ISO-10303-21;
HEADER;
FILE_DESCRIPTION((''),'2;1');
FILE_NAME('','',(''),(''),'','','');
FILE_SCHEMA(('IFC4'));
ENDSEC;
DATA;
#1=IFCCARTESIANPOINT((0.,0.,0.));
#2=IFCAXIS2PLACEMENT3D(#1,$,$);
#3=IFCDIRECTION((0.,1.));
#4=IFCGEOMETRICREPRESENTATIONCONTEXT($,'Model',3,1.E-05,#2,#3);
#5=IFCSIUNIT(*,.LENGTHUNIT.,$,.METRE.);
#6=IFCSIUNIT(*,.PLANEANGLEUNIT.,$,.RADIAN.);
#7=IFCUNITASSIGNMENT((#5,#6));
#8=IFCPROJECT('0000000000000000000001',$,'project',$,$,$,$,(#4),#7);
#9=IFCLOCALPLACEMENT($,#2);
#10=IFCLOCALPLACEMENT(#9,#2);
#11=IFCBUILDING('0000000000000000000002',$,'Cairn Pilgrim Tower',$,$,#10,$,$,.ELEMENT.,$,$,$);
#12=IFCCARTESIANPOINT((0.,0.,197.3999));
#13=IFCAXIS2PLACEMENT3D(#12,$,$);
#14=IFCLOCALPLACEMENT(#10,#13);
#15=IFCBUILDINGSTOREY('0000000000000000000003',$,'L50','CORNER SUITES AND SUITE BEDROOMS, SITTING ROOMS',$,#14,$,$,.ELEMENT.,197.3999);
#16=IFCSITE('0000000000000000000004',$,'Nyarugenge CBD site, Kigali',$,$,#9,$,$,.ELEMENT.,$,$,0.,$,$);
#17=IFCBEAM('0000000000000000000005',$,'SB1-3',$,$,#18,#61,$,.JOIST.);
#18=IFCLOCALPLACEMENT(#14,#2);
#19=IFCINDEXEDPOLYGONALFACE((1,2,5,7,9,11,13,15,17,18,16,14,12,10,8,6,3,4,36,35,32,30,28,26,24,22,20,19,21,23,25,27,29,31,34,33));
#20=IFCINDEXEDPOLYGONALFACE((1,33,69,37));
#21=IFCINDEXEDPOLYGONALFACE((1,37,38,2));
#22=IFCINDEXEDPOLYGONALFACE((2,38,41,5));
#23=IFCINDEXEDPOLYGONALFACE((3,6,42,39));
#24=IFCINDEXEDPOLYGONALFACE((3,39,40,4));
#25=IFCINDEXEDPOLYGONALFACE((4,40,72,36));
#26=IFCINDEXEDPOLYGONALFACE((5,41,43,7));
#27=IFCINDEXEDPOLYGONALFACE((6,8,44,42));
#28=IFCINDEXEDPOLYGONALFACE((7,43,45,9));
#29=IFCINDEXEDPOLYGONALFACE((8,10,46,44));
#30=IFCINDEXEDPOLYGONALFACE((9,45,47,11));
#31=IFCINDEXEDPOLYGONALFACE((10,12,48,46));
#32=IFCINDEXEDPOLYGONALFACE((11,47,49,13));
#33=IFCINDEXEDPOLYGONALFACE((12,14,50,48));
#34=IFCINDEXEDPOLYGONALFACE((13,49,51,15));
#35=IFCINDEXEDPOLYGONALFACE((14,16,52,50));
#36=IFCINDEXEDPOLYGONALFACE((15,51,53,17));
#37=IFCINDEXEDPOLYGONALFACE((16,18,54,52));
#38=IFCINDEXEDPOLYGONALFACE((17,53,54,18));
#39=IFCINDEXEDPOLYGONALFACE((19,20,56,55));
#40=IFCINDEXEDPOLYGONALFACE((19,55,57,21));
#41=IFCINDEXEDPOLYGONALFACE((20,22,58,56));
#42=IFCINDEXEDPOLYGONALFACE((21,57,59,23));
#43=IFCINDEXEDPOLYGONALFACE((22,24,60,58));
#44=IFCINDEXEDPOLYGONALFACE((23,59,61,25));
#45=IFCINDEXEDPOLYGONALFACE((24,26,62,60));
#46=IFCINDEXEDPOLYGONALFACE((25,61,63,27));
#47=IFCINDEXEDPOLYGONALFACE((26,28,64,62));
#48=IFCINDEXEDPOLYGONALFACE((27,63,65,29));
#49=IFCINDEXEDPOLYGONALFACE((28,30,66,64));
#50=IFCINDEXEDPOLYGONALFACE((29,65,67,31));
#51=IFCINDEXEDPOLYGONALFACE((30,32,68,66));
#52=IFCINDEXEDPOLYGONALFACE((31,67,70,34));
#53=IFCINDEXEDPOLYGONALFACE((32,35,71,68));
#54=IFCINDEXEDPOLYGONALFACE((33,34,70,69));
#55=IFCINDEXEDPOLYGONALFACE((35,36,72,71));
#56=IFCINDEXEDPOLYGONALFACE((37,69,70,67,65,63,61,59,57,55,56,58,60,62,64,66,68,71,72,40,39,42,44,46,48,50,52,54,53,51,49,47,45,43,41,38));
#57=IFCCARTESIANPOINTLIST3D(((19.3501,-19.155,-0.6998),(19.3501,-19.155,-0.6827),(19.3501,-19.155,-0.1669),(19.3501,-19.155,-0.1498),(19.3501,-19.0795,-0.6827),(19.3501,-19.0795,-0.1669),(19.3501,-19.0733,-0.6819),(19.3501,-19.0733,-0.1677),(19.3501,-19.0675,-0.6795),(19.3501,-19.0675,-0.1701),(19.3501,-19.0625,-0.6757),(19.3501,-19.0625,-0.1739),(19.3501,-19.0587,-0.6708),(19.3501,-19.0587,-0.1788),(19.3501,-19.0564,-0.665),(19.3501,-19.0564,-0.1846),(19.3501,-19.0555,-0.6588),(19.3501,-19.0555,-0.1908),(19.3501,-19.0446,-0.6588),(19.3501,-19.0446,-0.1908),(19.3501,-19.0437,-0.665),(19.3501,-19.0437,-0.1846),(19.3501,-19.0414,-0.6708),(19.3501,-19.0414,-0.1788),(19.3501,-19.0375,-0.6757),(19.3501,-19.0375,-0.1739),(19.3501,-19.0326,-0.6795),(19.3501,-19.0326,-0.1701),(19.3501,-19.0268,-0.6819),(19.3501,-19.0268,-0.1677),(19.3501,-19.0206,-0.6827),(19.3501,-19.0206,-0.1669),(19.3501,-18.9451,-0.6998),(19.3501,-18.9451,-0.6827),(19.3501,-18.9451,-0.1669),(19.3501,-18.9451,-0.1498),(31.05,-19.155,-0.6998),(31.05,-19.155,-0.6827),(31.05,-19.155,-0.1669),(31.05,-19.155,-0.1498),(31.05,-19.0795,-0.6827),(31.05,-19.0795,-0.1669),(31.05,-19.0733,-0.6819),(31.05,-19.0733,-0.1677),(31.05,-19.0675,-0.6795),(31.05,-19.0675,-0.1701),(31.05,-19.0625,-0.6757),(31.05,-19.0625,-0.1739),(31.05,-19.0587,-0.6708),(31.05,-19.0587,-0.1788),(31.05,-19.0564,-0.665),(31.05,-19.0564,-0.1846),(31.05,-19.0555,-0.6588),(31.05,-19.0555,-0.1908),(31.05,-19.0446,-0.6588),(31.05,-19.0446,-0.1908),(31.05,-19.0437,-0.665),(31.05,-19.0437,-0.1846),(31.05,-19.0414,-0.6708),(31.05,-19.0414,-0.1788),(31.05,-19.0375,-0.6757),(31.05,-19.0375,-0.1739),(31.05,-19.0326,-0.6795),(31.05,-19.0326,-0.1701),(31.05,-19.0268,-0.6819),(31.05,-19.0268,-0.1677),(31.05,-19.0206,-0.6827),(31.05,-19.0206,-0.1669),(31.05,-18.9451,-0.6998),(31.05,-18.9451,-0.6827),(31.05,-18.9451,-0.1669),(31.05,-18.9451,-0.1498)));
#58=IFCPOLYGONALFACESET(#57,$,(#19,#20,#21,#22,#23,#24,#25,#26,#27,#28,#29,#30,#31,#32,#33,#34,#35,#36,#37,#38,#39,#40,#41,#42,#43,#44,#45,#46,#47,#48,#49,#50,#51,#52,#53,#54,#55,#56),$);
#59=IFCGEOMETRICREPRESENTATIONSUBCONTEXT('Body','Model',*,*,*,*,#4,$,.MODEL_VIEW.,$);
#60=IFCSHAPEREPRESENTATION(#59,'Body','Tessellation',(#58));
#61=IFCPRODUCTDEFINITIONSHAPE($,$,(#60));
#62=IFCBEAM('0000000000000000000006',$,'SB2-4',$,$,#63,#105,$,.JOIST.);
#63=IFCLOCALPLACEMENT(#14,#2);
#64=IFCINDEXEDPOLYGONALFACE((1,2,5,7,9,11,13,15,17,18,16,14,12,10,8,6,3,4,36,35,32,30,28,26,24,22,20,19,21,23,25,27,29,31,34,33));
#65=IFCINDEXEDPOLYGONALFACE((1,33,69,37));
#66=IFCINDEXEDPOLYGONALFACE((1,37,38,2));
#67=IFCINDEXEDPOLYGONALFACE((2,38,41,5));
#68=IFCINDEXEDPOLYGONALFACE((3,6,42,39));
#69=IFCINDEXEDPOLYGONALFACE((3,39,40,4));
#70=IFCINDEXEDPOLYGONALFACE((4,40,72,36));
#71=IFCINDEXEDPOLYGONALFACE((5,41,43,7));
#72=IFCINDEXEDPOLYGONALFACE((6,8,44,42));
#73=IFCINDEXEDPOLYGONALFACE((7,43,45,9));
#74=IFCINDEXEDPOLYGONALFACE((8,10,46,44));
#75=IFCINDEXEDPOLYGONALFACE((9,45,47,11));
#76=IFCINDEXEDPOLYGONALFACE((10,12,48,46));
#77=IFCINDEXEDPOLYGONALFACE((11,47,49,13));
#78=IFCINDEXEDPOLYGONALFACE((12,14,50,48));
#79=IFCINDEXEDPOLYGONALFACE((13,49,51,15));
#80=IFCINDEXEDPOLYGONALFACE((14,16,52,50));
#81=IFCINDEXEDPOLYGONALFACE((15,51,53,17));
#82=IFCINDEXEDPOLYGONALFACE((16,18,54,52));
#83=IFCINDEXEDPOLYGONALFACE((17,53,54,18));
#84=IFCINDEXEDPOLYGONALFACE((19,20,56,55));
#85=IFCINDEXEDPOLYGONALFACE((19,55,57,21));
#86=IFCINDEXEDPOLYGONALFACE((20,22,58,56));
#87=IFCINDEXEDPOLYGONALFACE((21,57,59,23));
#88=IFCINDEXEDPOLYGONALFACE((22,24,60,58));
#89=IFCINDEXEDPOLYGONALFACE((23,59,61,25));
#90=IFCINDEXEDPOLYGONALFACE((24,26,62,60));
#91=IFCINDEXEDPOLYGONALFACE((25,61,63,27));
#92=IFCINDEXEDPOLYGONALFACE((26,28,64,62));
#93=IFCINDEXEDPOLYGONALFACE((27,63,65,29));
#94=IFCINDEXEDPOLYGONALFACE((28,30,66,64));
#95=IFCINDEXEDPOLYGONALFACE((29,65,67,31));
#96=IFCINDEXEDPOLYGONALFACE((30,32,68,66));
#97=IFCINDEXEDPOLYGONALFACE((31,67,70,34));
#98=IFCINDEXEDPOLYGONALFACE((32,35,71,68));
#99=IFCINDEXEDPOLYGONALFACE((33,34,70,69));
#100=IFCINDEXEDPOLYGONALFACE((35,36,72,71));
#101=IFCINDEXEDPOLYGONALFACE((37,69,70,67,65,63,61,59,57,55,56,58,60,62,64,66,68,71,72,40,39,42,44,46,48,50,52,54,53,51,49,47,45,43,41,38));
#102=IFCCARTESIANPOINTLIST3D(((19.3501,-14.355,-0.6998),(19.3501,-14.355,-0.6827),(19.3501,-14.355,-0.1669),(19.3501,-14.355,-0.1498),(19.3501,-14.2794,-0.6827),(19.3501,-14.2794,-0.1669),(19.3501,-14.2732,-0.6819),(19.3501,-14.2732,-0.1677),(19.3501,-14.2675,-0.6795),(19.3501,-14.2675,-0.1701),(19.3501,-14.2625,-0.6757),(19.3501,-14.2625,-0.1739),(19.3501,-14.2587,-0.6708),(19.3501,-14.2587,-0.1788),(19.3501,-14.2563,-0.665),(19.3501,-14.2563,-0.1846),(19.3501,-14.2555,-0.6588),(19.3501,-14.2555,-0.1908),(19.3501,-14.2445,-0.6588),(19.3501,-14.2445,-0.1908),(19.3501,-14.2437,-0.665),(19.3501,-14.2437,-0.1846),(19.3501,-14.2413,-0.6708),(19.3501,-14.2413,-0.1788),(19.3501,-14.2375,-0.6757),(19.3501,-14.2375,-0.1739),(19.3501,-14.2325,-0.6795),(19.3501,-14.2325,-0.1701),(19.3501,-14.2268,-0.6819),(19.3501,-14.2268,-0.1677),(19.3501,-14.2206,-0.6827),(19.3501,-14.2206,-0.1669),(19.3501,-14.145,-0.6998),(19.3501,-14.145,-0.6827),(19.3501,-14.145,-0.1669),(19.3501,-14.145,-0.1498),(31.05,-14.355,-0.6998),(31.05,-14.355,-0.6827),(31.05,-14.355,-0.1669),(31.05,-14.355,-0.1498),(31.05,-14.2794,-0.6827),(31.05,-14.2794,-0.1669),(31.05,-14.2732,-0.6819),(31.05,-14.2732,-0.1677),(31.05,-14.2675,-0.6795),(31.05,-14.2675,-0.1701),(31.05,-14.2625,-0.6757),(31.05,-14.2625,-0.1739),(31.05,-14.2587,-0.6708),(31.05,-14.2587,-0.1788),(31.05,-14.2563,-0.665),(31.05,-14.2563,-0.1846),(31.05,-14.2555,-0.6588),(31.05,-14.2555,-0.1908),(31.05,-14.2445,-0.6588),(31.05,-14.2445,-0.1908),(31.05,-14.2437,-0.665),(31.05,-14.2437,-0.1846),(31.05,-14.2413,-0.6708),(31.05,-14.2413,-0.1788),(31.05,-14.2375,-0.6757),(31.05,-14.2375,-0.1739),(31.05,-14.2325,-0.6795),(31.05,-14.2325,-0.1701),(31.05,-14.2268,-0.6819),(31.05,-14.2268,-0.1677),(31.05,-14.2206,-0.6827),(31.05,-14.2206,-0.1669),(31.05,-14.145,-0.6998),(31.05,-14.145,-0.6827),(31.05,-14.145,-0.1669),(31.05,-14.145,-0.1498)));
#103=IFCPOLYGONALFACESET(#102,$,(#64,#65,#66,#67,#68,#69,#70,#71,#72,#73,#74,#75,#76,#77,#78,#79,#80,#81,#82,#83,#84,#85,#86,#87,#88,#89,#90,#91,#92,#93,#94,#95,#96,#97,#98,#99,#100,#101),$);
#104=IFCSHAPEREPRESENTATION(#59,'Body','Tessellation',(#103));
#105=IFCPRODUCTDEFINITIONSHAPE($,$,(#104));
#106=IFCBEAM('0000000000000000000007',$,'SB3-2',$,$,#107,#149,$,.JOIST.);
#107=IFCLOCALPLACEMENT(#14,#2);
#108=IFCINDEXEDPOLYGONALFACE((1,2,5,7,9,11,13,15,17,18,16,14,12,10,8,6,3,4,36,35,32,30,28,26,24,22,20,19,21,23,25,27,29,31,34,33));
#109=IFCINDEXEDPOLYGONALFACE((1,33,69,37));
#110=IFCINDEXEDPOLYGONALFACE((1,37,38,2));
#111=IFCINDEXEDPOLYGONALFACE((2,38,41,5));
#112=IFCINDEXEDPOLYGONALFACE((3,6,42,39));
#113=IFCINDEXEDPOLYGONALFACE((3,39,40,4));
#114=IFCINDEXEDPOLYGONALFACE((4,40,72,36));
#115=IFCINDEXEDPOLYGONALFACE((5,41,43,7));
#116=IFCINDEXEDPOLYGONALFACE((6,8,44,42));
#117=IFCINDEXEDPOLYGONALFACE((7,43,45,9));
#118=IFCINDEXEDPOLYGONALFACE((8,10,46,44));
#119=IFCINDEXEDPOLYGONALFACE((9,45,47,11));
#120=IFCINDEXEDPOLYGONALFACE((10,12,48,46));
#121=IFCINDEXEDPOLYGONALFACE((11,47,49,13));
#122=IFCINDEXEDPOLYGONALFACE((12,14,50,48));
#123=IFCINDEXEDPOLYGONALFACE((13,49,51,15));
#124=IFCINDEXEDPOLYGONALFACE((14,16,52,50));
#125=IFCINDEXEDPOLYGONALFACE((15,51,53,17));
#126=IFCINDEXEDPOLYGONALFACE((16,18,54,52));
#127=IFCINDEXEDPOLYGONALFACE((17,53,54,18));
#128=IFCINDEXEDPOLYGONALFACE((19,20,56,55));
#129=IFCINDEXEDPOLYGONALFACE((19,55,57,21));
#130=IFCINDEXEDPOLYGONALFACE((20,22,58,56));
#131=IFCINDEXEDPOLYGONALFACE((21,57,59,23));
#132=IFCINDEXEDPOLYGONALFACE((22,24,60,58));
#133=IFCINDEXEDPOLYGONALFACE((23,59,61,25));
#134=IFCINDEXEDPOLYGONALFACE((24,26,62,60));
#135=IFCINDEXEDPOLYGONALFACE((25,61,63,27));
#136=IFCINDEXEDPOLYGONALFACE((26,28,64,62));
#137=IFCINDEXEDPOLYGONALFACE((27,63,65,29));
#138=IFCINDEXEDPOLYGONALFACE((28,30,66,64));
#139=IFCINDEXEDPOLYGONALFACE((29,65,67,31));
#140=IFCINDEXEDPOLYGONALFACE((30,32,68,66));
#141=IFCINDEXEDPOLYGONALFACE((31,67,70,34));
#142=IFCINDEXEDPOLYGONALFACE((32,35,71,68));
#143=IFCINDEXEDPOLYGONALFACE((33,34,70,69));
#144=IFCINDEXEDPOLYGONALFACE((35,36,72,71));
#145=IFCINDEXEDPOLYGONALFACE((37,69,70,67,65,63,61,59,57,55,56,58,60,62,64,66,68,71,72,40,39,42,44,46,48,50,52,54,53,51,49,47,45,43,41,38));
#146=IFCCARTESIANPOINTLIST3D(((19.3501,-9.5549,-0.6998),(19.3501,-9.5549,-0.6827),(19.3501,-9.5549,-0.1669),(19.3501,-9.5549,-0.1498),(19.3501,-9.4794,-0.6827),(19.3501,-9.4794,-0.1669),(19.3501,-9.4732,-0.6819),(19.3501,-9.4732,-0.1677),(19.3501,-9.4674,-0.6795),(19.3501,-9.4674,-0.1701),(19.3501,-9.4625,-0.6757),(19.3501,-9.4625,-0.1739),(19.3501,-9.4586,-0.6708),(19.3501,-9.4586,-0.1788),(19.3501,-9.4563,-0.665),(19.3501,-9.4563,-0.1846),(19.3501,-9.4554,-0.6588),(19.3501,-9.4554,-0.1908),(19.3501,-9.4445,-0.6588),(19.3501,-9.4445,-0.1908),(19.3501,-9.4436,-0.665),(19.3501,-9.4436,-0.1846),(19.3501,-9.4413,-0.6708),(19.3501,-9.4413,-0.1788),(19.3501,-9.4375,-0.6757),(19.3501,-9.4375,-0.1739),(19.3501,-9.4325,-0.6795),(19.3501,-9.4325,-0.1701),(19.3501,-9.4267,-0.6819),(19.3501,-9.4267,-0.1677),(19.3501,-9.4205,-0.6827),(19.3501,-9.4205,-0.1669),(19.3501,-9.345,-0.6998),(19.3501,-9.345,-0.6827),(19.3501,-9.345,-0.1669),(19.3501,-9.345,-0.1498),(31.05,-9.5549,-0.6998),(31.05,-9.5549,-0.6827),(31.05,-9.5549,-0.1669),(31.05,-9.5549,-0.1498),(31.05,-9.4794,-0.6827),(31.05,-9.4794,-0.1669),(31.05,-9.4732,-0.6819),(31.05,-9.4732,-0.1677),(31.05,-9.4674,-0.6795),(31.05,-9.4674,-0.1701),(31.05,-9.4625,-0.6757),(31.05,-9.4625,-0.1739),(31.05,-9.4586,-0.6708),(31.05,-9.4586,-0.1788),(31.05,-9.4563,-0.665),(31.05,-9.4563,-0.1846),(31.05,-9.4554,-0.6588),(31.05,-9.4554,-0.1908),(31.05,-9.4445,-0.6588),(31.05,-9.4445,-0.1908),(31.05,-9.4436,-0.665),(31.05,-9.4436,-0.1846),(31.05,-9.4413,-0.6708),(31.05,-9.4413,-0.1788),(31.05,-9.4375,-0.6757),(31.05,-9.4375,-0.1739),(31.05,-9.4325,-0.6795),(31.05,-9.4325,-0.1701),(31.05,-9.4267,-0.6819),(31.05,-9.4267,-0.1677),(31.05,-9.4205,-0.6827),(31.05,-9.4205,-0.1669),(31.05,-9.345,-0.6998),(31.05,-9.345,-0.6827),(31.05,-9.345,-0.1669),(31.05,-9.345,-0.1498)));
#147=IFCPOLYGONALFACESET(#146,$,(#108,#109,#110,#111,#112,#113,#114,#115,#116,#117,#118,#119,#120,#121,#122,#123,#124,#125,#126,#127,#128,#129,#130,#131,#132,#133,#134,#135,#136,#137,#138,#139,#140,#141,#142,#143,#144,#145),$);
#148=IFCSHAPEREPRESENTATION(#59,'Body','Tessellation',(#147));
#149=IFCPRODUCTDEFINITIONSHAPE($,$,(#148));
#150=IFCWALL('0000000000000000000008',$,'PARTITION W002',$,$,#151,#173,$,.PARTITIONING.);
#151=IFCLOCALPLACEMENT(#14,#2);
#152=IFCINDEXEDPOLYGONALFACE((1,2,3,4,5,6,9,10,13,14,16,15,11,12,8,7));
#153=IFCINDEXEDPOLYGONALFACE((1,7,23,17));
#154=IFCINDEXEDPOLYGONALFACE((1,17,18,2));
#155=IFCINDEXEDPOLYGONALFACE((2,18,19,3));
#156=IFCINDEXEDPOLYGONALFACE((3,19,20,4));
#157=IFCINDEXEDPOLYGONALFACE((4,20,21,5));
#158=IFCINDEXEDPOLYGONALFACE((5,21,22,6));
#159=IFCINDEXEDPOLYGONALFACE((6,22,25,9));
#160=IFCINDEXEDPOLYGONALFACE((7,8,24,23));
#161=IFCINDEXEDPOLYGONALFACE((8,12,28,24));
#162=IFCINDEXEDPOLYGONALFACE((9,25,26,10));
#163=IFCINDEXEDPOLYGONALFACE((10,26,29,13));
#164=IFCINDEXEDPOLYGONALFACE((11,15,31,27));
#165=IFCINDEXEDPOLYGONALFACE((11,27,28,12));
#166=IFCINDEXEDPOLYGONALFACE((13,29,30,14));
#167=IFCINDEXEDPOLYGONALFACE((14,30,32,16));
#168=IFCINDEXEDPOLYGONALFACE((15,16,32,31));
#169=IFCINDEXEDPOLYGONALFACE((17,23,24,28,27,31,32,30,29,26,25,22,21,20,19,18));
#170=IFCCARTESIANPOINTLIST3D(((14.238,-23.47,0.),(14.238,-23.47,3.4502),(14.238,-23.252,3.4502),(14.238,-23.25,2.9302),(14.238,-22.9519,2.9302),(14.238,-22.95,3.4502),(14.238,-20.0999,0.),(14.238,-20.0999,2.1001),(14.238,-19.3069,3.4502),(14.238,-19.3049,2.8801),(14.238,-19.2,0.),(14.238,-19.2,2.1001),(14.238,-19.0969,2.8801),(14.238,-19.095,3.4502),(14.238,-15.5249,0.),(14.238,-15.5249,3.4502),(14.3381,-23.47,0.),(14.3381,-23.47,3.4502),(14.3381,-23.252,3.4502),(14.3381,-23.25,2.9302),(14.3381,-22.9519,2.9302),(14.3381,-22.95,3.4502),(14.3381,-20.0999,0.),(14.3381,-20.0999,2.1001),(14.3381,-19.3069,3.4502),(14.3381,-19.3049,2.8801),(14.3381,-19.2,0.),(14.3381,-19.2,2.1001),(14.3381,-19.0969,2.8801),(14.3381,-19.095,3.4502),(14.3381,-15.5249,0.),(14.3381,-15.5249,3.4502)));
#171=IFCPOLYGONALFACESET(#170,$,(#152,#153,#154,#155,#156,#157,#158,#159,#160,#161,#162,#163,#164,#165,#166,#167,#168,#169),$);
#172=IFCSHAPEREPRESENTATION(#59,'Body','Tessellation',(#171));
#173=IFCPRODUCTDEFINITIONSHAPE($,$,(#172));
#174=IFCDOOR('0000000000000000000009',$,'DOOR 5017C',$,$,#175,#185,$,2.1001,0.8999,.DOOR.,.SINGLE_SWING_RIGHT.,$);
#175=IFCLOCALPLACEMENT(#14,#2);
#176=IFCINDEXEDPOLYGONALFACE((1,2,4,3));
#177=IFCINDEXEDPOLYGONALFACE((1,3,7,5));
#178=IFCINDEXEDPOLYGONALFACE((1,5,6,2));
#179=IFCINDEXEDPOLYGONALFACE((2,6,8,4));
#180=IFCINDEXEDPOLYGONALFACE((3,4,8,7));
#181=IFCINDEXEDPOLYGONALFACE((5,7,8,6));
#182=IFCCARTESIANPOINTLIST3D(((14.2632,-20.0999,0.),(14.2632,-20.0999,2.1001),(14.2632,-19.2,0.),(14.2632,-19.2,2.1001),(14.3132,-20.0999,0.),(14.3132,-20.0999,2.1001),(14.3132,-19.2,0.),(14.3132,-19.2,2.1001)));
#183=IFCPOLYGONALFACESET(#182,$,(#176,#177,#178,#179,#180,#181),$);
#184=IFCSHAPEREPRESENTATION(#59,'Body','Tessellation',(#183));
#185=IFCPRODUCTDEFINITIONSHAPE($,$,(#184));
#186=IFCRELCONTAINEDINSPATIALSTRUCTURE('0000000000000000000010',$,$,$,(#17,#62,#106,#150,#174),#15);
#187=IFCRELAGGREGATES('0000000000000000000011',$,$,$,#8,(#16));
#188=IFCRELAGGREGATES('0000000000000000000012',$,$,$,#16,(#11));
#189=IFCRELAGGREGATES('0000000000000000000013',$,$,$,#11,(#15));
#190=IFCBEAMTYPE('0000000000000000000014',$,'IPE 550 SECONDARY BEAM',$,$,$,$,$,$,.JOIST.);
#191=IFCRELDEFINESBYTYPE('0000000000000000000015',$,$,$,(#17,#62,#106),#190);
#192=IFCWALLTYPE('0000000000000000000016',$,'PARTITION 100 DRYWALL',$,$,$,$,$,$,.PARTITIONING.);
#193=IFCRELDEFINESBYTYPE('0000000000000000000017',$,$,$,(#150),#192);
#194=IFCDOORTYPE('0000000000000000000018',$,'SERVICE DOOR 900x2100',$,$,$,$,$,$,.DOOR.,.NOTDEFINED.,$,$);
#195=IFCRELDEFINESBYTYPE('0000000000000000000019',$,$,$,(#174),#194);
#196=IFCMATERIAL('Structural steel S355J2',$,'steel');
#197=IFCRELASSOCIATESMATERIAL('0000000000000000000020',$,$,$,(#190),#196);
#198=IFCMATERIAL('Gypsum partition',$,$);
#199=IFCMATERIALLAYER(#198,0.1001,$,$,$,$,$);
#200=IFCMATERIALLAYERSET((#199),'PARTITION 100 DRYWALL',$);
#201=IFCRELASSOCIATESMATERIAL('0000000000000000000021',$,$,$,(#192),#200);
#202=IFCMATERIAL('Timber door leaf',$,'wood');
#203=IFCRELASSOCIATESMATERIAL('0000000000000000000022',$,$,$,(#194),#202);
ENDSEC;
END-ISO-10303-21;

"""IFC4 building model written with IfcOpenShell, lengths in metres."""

from ifc_helpers import new_model, si_unit, direction, frame, frame_2d, origin, origin_2d, place, context, subcontext, project, spatial, polyline, rectangle, i_section, outline, extrude, material, layer, layer_set, material_profile, profile_set, type_object, element, fill, save


model = new_model("IFC4")

# Units and contexts
model_context = context("Model", 3, precision=1e-05, world=origin(), true_north=direction((0.0, 1.0)))
body_context = subcontext(model_context, "Body", "Model", "MODEL_VIEW")
ifc_project = project(units=[si_unit("LENGTHUNIT", "METRE"), si_unit("PLANEANGLEUNIT", "RADIAN")], contexts=[model_context])

# Site, building, storey
site_placement = place(None, origin())
site = spatial("IfcSite", under=ifc_project, at=site_placement, Name="Nyarugenge CBD site, Kigali", CompositionType="ELEMENT", RefElevation=0.0)
building_placement = place(site_placement, origin())
building = spatial("IfcBuilding", under=site, at=building_placement, Name="Cairn Pilgrim Tower", CompositionType="ELEMENT")
storey_placement = place(building_placement, frame((0.0, 0.0, 197.3999)))
storey = spatial("IfcBuildingStorey", under=building, at=storey_placement, Name="L50", Description="CORNER SUITES AND SUITE BEDROOMS, SITTING ROOMS", CompositionType="ELEMENT", Elevation=197.3999)

# Beams
ifc_material_1 = material(Name="Structural steel S355J2", Category="steel")
ifc_material_profile_1 = material_profile(ifc_material_1, i_section(OverallWidth=0.21, OverallDepth=0.55, WebThickness=0.011, FlangeThickness=0.0171, FilletRadius=0.0239, at=origin_2d()), Name="IPE 550")
ifc_profile_set_1 = profile_set([ifc_material_profile_1], Name="Structural steel S355J2")
beam_type_1 = type_object("IfcBeamType", Name="IPE 550 SECONDARY BEAM", PredefinedType="JOIST", material=ifc_profile_set_1)
for number, where, z_axis, x_axis, name in (
    (1, (19.3501, -19.05, -0.4248), (1.0, 0.0, 0.0), (0.0, 1.0, 0.0), "SB1-3"),
    (2, (19.3501, -14.25, -0.4248), (1.0, 0.0, 0.0), (0.0, 1.0, 0.0), "SB2-4"),
    (3, (19.3501, -9.45, -0.4248), (1.0, 0.0, 0.0), (0.0, 1.0, 0.0), "SB3-2"),
):
    element("IfcBeam", number, at=place(storey_placement, frame(where, z_axis=z_axis, x_axis=x_axis)), inside=storey, type_object=beam_type_1, Name=name, PredefinedType="JOIST", context=body_context, shape_type="SweptSolid", body=[
        extrude(i_section(OverallWidth=0.21, OverallDepth=0.55, WebThickness=0.011, FlangeThickness=0.0171, FilletRadius=0.0239, at=origin_2d()), origin(), (0.0, 0.0, 1.0), 11.7),
    ])

# Wall, opening, door
ifc_material_2 = material(Name="Gypsum partition")
ifc_layer_1 = layer(ifc_material_2, 0.1001)
ifc_layer_set_1 = layer_set([ifc_layer_1], Name="PARTITION 100 DRYWALL")
wall_type_1 = type_object("IfcWallType", Name="PARTITION 100 DRYWALL", PredefinedType="PARTITIONING", material=ifc_layer_set_1)
wall_1_placement = place(storey_placement, frame((14.2881, -23.47, 0.0), z_axis=(0.0, 0.0, 1.0), x_axis=(0.0, 1.0, 0.0)))
wall_1 = element("IfcWall", 4, at=wall_1_placement, inside=storey, type_object=wall_type_1, Name="PARTITION W002", PredefinedType="PARTITIONING", context=body_context, shape_type="SweptSolid", body=[
    extrude(outline(polyline([(0.0, 0.0), (7.9451, 0.0), (7.9451, 3.4502), (4.375, 3.4502), (4.373, 2.8801), (4.165, 2.8801), (4.1631, 3.4502), (0.52, 3.4502), (0.5181, 2.9302), (0.22, 2.9302), (0.218, 3.4502), (0.0, 3.4502), (0.0, 0.0)])), frame((0.0, 0.05, 0.0), z_axis=(0.0, -1.0, 0.0), x_axis=(1.0, 0.0, 0.0)), (0.0, 0.0, 1.0), 0.1001),
])
opening_1_placement = place(wall_1_placement, frame((3.3701, 0.0, 0.0)))
opening_1 = element("IfcOpeningElement", 5, at=opening_1_placement, cuts=wall_1, PredefinedType="OPENING", context=body_context, shape_type="SweptSolid", body=[
    extrude(rectangle(XDim=0.8999, YDim=2.1001, at=frame_2d((0.45, 1.05))), frame((0.0, 0.0601, 0.0), z_axis=(0.0, -1.0, 0.0), x_axis=(1.0, 0.0, 0.0)), (0.0, 0.0, 1.0), 0.1201),
])
ifc_material_3 = material(Name="Timber door leaf", Category="wood")
door_type_1 = type_object("IfcDoorType", Name="SERVICE DOOR 900x2100", OperationType="NOTDEFINED", PredefinedType="DOOR", material=ifc_material_3)
door_1_placement = place(opening_1_placement, origin())
door_1 = element("IfcDoor", 6, at=door_1_placement, inside=storey, type_object=door_type_1, Name="DOOR 5017C", OperationType="SINGLE_SWING_RIGHT", OverallHeight=2.1001, OverallWidth=0.8999, PredefinedType="DOOR", context=body_context, shape_type="SweptSolid", body=[
    extrude(rectangle(XDim=0.8999, YDim=2.1001, at=frame_2d((0.45, 1.05))), frame((0.0, 0.0249, 0.0), z_axis=(0.0, -1.0, 0.0), x_axis=(1.0, 0.0, 0.0)), (0.0, 0.0, 1.0), 0.05),
])
fill(opening_1, door_1)

save(model, "model.ifc")
